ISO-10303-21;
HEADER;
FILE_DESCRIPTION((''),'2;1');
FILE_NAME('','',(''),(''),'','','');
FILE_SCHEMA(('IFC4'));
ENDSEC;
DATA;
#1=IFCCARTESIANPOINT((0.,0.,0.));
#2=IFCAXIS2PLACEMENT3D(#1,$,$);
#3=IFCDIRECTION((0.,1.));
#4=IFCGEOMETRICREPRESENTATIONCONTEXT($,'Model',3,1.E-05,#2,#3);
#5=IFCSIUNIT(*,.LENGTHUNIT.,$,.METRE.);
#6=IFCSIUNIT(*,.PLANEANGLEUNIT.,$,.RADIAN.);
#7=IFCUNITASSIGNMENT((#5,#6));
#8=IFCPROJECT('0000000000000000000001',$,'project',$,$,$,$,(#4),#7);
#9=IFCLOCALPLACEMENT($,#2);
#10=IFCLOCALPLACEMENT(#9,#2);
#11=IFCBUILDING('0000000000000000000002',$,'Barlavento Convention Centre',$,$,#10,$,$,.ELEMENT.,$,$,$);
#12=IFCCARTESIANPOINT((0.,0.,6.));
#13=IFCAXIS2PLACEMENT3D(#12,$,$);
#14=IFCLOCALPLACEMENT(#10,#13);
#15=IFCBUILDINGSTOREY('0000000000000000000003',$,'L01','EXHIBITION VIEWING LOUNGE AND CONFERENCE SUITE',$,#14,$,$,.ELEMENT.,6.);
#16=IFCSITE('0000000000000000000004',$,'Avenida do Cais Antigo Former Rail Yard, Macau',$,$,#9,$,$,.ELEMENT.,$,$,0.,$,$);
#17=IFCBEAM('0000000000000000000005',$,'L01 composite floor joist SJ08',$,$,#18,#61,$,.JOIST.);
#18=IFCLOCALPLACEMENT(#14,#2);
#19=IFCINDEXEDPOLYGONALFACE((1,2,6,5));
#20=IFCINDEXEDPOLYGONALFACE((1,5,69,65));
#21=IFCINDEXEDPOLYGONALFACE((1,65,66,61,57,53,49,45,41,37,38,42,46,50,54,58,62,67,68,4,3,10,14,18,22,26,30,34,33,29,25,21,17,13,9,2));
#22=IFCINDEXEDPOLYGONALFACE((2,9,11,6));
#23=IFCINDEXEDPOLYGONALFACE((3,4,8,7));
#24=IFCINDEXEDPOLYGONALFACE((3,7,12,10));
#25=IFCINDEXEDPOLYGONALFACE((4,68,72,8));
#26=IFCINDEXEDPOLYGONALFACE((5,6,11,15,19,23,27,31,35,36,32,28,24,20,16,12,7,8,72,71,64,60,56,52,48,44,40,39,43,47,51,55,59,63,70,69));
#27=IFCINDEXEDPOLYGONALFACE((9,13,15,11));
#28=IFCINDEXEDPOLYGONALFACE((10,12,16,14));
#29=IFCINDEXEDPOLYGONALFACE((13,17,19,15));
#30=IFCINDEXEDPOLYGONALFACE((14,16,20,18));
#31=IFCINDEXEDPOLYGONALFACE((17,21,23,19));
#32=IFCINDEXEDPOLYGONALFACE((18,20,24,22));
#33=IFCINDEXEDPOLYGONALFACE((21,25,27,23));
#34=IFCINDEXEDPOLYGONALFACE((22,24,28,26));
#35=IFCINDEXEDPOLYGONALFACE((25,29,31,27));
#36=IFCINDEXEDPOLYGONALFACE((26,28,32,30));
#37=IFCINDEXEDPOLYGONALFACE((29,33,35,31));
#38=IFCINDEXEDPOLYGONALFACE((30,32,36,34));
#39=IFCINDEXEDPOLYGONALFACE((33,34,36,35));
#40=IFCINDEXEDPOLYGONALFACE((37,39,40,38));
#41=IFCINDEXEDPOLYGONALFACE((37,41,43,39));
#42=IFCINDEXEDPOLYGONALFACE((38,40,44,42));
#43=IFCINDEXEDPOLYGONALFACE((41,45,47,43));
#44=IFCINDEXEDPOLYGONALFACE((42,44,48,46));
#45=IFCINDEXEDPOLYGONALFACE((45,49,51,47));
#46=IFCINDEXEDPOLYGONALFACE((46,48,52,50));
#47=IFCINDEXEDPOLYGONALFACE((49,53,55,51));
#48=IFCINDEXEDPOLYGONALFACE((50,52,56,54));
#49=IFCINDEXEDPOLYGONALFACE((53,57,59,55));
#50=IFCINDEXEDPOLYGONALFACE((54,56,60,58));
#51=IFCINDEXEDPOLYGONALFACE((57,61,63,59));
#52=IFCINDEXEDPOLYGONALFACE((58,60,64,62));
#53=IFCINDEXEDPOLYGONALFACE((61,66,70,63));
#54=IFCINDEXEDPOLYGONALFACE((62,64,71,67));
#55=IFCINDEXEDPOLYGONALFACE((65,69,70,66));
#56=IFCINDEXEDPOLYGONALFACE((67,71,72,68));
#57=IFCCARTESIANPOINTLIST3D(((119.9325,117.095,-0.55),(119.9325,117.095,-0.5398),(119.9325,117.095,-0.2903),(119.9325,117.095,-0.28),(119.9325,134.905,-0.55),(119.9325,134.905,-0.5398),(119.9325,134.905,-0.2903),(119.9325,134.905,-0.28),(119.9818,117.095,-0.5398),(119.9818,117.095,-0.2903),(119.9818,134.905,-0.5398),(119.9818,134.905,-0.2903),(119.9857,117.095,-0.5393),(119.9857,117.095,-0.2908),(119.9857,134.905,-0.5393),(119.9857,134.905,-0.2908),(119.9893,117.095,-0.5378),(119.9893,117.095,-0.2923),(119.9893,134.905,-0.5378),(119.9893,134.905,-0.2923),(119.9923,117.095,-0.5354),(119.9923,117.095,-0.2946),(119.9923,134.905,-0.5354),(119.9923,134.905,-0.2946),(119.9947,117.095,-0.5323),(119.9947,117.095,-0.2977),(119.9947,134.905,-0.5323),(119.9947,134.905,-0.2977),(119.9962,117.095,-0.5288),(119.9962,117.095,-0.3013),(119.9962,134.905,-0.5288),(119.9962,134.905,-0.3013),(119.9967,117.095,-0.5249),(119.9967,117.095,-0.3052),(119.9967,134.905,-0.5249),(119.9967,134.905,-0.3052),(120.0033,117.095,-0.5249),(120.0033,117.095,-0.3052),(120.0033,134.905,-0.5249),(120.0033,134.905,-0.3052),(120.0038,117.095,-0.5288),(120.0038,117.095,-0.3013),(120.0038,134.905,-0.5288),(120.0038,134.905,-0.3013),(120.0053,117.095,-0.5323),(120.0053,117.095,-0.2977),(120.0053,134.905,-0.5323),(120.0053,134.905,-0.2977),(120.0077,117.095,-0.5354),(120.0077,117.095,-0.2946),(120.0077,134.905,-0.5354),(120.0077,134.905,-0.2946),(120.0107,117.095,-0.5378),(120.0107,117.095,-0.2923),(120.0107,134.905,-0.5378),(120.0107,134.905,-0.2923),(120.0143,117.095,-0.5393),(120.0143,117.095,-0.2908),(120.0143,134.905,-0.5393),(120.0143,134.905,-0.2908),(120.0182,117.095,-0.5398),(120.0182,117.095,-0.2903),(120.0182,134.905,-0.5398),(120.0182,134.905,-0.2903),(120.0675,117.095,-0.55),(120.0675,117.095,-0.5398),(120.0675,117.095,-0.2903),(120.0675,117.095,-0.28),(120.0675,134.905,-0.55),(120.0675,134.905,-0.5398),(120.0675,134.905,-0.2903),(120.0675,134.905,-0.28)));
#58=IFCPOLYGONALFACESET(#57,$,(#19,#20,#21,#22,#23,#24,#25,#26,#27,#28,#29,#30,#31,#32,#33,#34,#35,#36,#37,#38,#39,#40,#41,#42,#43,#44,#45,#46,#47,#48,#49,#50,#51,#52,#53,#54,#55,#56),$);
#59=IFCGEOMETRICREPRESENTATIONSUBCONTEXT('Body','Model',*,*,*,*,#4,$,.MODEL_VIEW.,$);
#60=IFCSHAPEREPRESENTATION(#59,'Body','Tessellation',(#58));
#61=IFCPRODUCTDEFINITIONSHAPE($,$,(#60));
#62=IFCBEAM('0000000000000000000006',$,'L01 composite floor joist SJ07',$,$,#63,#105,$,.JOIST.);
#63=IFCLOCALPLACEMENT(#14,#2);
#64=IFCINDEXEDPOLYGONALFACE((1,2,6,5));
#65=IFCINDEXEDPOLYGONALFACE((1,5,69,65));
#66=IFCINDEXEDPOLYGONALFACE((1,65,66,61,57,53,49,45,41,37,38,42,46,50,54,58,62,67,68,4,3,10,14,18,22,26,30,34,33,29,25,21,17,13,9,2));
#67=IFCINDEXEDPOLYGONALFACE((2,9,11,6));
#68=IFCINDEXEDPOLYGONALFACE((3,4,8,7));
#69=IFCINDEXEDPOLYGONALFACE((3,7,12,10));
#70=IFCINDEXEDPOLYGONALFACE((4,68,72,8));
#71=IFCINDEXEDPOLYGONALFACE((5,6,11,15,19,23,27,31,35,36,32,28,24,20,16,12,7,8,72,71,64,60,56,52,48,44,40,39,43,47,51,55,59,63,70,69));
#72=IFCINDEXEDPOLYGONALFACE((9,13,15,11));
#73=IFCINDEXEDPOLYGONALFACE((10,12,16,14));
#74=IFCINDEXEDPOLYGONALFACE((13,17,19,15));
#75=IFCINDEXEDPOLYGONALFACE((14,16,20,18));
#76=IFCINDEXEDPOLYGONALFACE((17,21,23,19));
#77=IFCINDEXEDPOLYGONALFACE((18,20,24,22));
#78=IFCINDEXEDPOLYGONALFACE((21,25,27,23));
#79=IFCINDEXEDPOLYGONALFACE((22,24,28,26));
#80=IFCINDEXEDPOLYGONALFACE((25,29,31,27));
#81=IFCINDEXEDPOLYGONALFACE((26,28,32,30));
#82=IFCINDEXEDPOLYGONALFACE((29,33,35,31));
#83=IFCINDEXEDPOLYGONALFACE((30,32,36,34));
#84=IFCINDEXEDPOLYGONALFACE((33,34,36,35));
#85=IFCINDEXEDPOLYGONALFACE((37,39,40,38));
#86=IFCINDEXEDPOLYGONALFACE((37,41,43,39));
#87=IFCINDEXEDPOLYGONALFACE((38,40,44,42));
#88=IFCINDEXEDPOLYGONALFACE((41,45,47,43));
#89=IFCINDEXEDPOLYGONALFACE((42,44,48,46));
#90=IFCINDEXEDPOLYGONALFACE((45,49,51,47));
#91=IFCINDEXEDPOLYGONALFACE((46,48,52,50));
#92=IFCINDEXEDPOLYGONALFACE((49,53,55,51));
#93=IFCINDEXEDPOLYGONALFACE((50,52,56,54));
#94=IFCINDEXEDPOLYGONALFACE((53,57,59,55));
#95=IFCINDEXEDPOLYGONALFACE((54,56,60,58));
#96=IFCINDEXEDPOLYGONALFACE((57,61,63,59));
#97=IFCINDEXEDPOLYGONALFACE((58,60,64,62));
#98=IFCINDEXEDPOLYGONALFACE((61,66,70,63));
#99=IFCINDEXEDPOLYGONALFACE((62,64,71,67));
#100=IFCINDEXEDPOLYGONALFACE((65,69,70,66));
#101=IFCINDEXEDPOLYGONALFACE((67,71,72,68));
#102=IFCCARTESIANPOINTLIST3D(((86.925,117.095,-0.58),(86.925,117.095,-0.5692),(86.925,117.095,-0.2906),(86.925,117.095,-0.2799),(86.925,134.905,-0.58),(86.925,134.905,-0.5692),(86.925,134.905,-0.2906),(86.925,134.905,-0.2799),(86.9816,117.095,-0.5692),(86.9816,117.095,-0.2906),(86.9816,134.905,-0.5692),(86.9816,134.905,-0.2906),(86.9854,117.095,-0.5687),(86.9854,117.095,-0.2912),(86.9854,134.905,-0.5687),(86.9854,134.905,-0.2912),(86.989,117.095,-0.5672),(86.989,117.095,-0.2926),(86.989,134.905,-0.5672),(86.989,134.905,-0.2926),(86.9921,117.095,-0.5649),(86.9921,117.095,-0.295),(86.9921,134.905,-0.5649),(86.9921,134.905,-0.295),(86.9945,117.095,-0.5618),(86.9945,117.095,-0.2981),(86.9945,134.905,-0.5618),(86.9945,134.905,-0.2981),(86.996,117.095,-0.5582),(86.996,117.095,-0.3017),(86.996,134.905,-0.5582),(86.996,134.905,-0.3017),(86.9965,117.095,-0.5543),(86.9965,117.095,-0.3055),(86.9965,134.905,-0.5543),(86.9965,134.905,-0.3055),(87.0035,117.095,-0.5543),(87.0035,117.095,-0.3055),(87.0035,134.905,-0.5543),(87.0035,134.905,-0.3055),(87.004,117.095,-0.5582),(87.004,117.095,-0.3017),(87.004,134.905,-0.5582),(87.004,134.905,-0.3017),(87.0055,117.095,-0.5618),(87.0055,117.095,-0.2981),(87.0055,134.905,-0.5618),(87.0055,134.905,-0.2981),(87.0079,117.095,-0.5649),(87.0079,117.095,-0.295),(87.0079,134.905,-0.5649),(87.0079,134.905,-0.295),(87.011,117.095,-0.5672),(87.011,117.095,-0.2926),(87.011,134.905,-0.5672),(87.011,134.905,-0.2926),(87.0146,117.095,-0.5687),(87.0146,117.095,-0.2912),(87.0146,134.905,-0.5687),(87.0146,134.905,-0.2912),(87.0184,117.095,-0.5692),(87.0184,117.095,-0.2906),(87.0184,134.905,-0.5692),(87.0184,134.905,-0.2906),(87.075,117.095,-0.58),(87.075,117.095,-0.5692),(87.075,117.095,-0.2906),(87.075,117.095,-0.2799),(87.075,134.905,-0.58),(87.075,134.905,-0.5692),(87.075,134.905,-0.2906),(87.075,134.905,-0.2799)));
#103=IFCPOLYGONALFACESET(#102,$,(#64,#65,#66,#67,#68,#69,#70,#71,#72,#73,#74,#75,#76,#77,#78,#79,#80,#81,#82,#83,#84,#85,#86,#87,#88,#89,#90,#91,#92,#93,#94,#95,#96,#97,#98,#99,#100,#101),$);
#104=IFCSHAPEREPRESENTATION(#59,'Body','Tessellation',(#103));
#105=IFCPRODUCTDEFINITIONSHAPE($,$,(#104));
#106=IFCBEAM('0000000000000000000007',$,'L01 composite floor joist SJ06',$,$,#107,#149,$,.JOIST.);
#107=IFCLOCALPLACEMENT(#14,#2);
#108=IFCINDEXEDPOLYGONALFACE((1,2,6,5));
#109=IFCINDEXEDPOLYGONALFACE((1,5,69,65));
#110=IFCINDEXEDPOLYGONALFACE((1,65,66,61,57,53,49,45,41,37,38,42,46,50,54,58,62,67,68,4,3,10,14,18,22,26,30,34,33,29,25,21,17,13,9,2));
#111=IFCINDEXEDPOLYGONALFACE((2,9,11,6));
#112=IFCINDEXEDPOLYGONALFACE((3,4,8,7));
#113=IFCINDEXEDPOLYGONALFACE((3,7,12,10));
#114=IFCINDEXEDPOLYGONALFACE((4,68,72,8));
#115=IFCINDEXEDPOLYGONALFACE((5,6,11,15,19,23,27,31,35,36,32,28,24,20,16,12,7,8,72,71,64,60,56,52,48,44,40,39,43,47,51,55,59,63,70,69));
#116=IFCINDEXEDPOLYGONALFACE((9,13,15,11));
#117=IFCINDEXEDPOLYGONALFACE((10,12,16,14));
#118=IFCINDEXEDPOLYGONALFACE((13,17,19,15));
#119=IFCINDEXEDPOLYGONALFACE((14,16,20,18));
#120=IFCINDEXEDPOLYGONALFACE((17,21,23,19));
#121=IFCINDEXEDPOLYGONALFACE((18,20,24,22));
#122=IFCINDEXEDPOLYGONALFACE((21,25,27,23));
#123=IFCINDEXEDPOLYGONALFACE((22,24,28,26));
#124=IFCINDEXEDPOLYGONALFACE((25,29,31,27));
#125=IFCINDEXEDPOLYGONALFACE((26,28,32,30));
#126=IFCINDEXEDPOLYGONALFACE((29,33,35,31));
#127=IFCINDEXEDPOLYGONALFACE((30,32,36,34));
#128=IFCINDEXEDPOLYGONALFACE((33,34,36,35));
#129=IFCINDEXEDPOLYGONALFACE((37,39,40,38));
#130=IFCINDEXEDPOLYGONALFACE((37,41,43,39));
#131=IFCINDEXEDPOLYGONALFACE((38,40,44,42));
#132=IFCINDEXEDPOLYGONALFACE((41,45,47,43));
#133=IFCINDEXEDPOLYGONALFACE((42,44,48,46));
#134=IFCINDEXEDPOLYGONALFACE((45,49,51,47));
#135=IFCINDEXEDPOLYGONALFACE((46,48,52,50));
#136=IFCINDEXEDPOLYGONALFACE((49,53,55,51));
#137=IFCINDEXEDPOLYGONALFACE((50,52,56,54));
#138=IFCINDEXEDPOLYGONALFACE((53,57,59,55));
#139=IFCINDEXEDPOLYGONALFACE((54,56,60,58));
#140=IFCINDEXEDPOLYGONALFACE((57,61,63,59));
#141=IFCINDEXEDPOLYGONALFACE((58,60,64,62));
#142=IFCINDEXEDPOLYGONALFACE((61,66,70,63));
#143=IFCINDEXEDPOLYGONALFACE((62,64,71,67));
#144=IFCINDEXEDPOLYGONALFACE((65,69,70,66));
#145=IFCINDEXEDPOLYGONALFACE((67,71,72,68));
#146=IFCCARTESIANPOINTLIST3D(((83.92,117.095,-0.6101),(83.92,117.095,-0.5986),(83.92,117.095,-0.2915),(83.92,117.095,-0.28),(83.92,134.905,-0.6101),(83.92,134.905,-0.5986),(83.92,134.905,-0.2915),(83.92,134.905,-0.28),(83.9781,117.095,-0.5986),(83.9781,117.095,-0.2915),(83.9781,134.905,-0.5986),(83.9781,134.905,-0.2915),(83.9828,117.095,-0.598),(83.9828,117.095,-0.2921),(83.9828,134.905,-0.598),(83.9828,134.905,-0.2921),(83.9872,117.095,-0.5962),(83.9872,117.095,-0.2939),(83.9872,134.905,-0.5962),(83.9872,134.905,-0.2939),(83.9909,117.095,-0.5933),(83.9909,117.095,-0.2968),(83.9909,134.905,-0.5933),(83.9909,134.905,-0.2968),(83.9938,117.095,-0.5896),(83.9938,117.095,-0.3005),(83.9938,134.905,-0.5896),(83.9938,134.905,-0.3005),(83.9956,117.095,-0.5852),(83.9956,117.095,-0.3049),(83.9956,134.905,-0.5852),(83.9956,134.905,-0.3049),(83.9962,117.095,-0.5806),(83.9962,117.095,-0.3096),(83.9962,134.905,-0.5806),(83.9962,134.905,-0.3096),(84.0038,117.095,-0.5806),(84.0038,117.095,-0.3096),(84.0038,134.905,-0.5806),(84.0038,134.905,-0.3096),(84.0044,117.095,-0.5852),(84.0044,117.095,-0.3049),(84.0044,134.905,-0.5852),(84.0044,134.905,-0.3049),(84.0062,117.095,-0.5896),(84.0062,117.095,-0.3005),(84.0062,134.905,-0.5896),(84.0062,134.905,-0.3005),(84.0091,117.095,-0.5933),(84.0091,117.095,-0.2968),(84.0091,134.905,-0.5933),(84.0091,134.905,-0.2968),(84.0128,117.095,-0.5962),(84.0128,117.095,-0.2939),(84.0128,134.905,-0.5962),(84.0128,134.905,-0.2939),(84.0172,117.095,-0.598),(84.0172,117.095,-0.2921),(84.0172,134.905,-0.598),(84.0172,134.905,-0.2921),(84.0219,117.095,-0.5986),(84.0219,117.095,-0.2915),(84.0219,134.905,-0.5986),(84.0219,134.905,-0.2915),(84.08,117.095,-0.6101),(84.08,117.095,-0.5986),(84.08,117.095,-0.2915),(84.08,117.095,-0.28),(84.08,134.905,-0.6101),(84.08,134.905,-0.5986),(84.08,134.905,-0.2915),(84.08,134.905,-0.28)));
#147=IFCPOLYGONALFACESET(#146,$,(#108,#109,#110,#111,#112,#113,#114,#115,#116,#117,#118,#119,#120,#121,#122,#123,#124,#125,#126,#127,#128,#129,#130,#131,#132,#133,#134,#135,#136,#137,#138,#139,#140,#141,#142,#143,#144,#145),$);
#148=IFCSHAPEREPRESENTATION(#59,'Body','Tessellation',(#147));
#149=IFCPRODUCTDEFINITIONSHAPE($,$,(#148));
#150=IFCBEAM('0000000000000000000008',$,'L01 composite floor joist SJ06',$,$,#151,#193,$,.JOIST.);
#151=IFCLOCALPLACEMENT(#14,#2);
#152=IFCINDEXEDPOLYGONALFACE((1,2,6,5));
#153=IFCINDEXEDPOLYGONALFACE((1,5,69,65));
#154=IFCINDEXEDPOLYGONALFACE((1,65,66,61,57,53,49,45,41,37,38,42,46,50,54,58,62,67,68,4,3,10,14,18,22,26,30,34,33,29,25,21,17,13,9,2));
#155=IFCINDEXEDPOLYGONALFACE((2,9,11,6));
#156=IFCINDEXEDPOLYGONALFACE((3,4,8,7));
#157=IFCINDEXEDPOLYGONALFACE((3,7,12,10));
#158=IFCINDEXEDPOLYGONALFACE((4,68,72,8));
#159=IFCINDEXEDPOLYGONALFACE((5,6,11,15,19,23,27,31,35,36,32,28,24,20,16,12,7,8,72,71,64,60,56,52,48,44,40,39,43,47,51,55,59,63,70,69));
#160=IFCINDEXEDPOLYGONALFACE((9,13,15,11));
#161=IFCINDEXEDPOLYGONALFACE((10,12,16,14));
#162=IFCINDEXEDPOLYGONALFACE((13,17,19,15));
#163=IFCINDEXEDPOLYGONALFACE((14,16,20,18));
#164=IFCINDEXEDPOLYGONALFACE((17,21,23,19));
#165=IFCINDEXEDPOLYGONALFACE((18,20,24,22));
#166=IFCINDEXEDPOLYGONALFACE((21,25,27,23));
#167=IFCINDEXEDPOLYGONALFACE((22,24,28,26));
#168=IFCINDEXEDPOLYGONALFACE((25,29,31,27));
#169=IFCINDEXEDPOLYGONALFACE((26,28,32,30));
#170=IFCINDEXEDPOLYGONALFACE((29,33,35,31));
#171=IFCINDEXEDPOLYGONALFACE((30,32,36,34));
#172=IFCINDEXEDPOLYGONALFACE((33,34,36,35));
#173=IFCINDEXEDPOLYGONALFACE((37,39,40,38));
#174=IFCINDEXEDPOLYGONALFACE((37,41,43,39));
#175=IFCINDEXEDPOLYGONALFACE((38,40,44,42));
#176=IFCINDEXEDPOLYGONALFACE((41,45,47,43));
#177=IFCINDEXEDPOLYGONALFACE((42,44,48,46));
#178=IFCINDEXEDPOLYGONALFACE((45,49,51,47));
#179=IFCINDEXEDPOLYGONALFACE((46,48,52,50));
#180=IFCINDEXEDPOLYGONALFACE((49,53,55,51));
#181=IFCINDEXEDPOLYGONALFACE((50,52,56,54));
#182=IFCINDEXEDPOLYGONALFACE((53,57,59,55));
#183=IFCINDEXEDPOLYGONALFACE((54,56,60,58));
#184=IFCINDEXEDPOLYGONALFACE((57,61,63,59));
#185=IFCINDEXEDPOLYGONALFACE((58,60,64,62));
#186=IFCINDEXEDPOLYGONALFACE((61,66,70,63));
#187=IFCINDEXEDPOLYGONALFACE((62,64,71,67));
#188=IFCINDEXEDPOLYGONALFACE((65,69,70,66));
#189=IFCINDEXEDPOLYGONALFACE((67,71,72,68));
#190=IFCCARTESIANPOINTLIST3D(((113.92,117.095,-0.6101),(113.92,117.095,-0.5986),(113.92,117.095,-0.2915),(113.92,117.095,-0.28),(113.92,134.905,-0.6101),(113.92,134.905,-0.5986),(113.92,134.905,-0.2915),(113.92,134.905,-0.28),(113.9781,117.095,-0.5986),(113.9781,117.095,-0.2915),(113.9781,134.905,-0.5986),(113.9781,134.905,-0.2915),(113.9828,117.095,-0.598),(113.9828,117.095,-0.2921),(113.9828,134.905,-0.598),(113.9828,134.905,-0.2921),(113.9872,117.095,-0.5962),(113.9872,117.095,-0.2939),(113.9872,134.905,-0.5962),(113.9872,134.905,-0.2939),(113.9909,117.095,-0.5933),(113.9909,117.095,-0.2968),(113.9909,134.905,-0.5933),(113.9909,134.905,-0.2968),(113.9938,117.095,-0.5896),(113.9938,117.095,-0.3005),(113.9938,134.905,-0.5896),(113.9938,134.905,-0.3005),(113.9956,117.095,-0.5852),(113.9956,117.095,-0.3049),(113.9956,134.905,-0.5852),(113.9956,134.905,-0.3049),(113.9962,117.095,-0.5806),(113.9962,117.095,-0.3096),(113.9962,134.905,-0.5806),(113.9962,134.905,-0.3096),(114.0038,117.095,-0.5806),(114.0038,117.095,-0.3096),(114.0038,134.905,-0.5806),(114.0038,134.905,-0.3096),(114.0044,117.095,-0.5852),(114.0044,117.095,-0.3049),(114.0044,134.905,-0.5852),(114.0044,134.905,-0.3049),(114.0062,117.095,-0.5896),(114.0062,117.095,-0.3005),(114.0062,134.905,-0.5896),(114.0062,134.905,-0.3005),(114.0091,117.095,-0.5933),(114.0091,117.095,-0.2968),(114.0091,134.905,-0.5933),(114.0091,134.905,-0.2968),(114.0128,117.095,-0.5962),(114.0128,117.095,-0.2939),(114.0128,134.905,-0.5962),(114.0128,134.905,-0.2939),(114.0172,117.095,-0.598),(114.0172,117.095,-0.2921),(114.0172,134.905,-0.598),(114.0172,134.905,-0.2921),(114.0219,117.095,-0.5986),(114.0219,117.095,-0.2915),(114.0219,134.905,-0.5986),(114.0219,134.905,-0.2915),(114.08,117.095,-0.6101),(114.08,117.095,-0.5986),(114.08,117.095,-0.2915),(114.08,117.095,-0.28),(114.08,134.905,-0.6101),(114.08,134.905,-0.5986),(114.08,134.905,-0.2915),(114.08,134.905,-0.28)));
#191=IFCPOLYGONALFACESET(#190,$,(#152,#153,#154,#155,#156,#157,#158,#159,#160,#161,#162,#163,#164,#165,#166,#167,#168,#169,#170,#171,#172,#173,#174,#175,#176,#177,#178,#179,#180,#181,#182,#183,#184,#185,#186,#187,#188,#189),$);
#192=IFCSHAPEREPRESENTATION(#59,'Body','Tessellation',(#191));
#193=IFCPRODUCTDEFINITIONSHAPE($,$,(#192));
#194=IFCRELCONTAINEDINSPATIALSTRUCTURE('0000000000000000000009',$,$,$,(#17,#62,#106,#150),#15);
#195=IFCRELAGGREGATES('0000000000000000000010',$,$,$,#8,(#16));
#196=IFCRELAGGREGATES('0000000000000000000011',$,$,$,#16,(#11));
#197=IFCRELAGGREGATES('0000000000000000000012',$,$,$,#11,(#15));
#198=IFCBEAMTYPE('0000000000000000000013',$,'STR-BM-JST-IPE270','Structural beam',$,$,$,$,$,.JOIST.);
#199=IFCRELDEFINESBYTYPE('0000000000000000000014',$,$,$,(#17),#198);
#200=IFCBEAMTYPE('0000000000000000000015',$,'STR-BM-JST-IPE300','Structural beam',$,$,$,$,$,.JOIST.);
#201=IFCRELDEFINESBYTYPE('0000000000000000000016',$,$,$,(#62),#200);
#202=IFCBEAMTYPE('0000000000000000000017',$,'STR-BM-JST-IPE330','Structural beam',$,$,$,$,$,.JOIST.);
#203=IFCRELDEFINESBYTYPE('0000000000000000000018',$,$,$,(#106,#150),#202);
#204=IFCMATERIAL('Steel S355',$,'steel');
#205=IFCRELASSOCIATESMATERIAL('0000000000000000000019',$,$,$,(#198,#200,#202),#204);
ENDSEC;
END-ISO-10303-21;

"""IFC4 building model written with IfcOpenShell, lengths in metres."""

from ifc_helpers import new_model, si_unit, direction, frame, origin, origin_2d, place, context, subcontext, project, spatial, i_section, extrude, material, material_profile, profile_set, type_object, element, save


model = new_model("IFC4")

# Units and contexts
model_context = context("Model", 3, precision=1e-05, world=origin(), true_north=direction((0.0, 1.0)))
body_context = subcontext(model_context, "Body", "Model", "MODEL_VIEW")
ifc_project = project(units=[si_unit("LENGTHUNIT", "METRE"), si_unit("PLANEANGLEUNIT", "RADIAN")], contexts=[model_context])

# Site, building, storey
site_placement = place(None, origin())
site = spatial("IfcSite", under=ifc_project, at=site_placement, Name="Avenida do Cais Antigo Former Rail Yard, Macau", CompositionType="ELEMENT", RefElevation=0.0)
building_placement = place(site_placement, origin())
building = spatial("IfcBuilding", under=site, at=building_placement, Name="Barlavento Convention Centre", CompositionType="ELEMENT")
storey_placement = place(building_placement, frame((0.0, 0.0, 6.0)))
storey = spatial("IfcBuildingStorey", under=building, at=storey_placement, Name="L01", Description="EXHIBITION VIEWING LOUNGE AND CONFERENCE SUITE", CompositionType="ELEMENT", Elevation=6.0)

# Beams
ifc_material_1 = material(Name="Steel S355", Category="steel")
ifc_material_profile_1 = material_profile(ifc_material_1, i_section(OverallWidth=0.135, OverallDepth=0.27, WebThickness=0.0066, FlangeThickness=0.0103, FilletRadius=0.0149, at=origin_2d()), Name="IPE 270")
ifc_profile_set_1 = profile_set([ifc_material_profile_1], Name="Steel S355")
beam_type_1 = type_object("IfcBeamType", Name="STR-BM-JST-IPE270", Description="Structural beam", PredefinedType="JOIST", material=ifc_profile_set_1)
beam_1_placement = place(storey_placement, frame((120.0, 117.095, -0.415), z_axis=(0.0, 1.0, 0.0), x_axis=(-1.0, 0.0, 0.0)))
element("IfcBeam", 1, at=beam_1_placement, inside=storey, type_object=beam_type_1, Name="L01 composite floor joist SJ08", PredefinedType="JOIST", context=body_context, shape_type="SweptSolid", body=[
    extrude(i_section(OverallWidth=0.135, OverallDepth=0.27, WebThickness=0.0066, FlangeThickness=0.0103, FilletRadius=0.0149, at=origin_2d()), origin(), (0.0, 0.0, 1.0), 17.8101),
])
ifc_material_profile_2 = material_profile(ifc_material_1, i_section(OverallWidth=0.1499, OverallDepth=0.3, WebThickness=0.0071, FlangeThickness=0.0107, FilletRadius=0.0149, at=origin_2d()), Name="IPE 300")
ifc_profile_set_2 = profile_set([ifc_material_profile_2], Name="Steel S355")
beam_type_2 = type_object("IfcBeamType", Name="STR-BM-JST-IPE300", Description="Structural beam", PredefinedType="JOIST", material=ifc_profile_set_2)
beam_2_placement = place(storey_placement, frame((87.0, 117.095, -0.4299), z_axis=(0.0, 1.0, 0.0), x_axis=(-1.0, 0.0, 0.0)))
element("IfcBeam", 2, at=beam_2_placement, inside=storey, type_object=beam_type_2, Name="L01 composite floor joist SJ07", PredefinedType="JOIST", context=body_context, shape_type="SweptSolid", body=[
    extrude(i_section(OverallWidth=0.1499, OverallDepth=0.3, WebThickness=0.0071, FlangeThickness=0.0107, FilletRadius=0.0149, at=origin_2d()), origin(), (0.0, 0.0, 1.0), 17.8101),
])
ifc_material_profile_3 = material_profile(ifc_material_1, i_section(OverallWidth=0.1599, OverallDepth=0.3301, WebThickness=0.0076, FlangeThickness=0.0115, FilletRadius=0.0181, at=origin_2d()), Name="IPE 330")
ifc_profile_set_3 = profile_set([ifc_material_profile_3], Name="Steel S355")
beam_type_3 = type_object("IfcBeamType", Name="STR-BM-JST-IPE330", Description="Structural beam", PredefinedType="JOIST", material=ifc_profile_set_3)
for number, where, z_axis, x_axis, name in (
    (3, (84.0, 117.095, -0.4451), (0.0, 1.0, 0.0), (-1.0, 0.0, 0.0), "L01 composite floor joist SJ06"),
    (4, (114.0, 117.095, -0.4451), (0.0, 1.0, 0.0), (-1.0, 0.0, 0.0), "L01 composite floor joist SJ06"),
):
    element("IfcBeam", number, at=place(storey_placement, frame(where, z_axis=z_axis, x_axis=x_axis)), inside=storey, type_object=beam_type_3, Name=name, PredefinedType="JOIST", context=body_context, shape_type="SweptSolid", body=[
        extrude(i_section(OverallWidth=0.1599, OverallDepth=0.3301, WebThickness=0.0076, FlangeThickness=0.0115, FilletRadius=0.0181, at=origin_2d()), origin(), (0.0, 0.0, 1.0), 17.8101),
    ])

save(model, "model.ifc")
